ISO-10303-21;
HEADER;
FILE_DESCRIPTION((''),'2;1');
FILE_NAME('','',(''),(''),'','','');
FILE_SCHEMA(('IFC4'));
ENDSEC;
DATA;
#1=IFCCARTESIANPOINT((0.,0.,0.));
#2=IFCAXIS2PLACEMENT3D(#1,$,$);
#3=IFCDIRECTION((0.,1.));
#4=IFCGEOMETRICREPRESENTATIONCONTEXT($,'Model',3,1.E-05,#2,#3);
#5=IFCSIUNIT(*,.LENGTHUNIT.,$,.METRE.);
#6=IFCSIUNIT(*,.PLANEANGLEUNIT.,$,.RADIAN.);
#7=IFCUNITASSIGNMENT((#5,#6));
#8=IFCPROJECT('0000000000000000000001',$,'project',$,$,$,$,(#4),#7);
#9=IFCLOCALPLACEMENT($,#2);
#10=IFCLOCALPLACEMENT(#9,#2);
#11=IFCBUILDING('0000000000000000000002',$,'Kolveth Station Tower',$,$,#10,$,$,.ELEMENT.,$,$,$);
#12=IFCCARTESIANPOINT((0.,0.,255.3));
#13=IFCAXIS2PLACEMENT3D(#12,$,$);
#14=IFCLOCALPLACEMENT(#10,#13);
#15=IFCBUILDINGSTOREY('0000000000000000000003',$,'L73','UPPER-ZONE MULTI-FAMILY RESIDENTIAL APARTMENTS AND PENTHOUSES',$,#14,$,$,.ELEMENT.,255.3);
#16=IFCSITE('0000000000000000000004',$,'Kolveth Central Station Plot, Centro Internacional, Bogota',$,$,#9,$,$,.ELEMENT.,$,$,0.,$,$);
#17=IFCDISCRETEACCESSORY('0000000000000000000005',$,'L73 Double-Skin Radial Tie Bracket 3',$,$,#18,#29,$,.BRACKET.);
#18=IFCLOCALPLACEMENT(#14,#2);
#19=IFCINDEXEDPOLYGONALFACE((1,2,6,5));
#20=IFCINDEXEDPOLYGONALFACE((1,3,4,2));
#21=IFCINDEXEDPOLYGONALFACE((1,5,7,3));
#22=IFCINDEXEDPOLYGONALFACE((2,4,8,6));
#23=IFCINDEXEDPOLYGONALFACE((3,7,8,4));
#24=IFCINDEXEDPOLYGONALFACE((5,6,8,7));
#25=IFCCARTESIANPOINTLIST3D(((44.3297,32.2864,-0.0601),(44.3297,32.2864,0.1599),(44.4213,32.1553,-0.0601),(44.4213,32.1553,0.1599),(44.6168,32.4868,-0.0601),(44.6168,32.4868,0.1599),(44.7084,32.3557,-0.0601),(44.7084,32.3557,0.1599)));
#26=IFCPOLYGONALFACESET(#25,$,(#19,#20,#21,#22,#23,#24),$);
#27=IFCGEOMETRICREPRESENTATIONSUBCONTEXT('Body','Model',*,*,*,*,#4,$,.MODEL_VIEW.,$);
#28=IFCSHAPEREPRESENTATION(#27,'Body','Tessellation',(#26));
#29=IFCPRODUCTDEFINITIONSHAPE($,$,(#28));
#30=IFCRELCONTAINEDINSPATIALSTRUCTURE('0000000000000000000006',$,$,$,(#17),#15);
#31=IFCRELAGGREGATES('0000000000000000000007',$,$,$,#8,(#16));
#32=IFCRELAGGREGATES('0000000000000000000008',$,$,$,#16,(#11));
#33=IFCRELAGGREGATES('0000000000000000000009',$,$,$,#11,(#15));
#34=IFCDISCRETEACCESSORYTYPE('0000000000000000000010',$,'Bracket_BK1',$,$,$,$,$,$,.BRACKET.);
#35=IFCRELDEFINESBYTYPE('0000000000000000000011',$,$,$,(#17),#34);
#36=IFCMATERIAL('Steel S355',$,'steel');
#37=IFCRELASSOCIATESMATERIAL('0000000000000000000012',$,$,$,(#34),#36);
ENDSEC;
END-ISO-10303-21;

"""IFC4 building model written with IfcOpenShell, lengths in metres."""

from ifc_helpers import new_model, si_unit, direction, frame, origin, origin_2d, place, context, subcontext, project, spatial, rectangle, extrude, source, transform, mapped, material, type_object, element, save


model = new_model("IFC4")

# Units and contexts
model_context = context("Model", 3, precision=1e-05, world=origin(), true_north=direction((0.0, 1.0)))
body_context = subcontext(model_context, "Body", "Model", "MODEL_VIEW")
ifc_project = project(units=[si_unit("LENGTHUNIT", "METRE"), si_unit("PLANEANGLEUNIT", "RADIAN")], contexts=[model_context])

# Site, building, storey
site_placement = place(None, origin())
site = spatial("IfcSite", under=ifc_project, at=site_placement, Name="Kolveth Central Station Plot, Centro Internacional, Bogota", CompositionType="ELEMENT", RefElevation=0.0)
building_placement = place(site_placement, origin())
building = spatial("IfcBuilding", under=site, at=building_placement, Name="Kolveth Station Tower", CompositionType="ELEMENT")
storey_placement = place(building_placement, frame((0.0, 0.0, 255.3)))
storey = spatial("IfcBuildingStorey", under=building, at=storey_placement, Name="L73", Description="UPPER-ZONE MULTI-FAMILY RESIDENTIAL APARTMENTS AND PENTHOUSES", CompositionType="ELEMENT", Elevation=255.3)

# Shared definitions
ifc_material_1 = material(Name="Steel S355", Category="steel")

# Discrete accessory
discrete_accessory_type = type_object("IfcDiscreteAccessoryType", Name="Bracket_BK1", PredefinedType="BRACKET", material=ifc_material_1)
shared_shape_1 = source(origin(), body_context, "Body", "SweptSolid", [
    extrude(rectangle(XDim=0.3501, YDim=0.1599, at=origin_2d()), origin(), (0.0, 0.0, 1.0), 0.22),
])
discrete_accessory_placement = place(storey_placement, frame((44.519, 32.321, -0.0601), z_axis=(0.0, 0.0, 1.0), x_axis=(0.820052, 0.572289, 0.0)))
element("IfcDiscreteAccessory", 1, at=discrete_accessory_placement, inside=storey, type_object=discrete_accessory_type, Name="L73 Double-Skin Radial Tie Bracket 3", PredefinedType="BRACKET", context=body_context, shape_type="MappedRepresentation", body=[
    mapped(shared_shape_1, transform((0.0, 0.0, 0.0), x_axis=(1.0, 0.0, 0.0), y_axis=(0.0, 1.0, 0.0), z_axis=(0.0, 0.0, 1.0), scale=1.0)),
])

save(model, "model.ifc")
